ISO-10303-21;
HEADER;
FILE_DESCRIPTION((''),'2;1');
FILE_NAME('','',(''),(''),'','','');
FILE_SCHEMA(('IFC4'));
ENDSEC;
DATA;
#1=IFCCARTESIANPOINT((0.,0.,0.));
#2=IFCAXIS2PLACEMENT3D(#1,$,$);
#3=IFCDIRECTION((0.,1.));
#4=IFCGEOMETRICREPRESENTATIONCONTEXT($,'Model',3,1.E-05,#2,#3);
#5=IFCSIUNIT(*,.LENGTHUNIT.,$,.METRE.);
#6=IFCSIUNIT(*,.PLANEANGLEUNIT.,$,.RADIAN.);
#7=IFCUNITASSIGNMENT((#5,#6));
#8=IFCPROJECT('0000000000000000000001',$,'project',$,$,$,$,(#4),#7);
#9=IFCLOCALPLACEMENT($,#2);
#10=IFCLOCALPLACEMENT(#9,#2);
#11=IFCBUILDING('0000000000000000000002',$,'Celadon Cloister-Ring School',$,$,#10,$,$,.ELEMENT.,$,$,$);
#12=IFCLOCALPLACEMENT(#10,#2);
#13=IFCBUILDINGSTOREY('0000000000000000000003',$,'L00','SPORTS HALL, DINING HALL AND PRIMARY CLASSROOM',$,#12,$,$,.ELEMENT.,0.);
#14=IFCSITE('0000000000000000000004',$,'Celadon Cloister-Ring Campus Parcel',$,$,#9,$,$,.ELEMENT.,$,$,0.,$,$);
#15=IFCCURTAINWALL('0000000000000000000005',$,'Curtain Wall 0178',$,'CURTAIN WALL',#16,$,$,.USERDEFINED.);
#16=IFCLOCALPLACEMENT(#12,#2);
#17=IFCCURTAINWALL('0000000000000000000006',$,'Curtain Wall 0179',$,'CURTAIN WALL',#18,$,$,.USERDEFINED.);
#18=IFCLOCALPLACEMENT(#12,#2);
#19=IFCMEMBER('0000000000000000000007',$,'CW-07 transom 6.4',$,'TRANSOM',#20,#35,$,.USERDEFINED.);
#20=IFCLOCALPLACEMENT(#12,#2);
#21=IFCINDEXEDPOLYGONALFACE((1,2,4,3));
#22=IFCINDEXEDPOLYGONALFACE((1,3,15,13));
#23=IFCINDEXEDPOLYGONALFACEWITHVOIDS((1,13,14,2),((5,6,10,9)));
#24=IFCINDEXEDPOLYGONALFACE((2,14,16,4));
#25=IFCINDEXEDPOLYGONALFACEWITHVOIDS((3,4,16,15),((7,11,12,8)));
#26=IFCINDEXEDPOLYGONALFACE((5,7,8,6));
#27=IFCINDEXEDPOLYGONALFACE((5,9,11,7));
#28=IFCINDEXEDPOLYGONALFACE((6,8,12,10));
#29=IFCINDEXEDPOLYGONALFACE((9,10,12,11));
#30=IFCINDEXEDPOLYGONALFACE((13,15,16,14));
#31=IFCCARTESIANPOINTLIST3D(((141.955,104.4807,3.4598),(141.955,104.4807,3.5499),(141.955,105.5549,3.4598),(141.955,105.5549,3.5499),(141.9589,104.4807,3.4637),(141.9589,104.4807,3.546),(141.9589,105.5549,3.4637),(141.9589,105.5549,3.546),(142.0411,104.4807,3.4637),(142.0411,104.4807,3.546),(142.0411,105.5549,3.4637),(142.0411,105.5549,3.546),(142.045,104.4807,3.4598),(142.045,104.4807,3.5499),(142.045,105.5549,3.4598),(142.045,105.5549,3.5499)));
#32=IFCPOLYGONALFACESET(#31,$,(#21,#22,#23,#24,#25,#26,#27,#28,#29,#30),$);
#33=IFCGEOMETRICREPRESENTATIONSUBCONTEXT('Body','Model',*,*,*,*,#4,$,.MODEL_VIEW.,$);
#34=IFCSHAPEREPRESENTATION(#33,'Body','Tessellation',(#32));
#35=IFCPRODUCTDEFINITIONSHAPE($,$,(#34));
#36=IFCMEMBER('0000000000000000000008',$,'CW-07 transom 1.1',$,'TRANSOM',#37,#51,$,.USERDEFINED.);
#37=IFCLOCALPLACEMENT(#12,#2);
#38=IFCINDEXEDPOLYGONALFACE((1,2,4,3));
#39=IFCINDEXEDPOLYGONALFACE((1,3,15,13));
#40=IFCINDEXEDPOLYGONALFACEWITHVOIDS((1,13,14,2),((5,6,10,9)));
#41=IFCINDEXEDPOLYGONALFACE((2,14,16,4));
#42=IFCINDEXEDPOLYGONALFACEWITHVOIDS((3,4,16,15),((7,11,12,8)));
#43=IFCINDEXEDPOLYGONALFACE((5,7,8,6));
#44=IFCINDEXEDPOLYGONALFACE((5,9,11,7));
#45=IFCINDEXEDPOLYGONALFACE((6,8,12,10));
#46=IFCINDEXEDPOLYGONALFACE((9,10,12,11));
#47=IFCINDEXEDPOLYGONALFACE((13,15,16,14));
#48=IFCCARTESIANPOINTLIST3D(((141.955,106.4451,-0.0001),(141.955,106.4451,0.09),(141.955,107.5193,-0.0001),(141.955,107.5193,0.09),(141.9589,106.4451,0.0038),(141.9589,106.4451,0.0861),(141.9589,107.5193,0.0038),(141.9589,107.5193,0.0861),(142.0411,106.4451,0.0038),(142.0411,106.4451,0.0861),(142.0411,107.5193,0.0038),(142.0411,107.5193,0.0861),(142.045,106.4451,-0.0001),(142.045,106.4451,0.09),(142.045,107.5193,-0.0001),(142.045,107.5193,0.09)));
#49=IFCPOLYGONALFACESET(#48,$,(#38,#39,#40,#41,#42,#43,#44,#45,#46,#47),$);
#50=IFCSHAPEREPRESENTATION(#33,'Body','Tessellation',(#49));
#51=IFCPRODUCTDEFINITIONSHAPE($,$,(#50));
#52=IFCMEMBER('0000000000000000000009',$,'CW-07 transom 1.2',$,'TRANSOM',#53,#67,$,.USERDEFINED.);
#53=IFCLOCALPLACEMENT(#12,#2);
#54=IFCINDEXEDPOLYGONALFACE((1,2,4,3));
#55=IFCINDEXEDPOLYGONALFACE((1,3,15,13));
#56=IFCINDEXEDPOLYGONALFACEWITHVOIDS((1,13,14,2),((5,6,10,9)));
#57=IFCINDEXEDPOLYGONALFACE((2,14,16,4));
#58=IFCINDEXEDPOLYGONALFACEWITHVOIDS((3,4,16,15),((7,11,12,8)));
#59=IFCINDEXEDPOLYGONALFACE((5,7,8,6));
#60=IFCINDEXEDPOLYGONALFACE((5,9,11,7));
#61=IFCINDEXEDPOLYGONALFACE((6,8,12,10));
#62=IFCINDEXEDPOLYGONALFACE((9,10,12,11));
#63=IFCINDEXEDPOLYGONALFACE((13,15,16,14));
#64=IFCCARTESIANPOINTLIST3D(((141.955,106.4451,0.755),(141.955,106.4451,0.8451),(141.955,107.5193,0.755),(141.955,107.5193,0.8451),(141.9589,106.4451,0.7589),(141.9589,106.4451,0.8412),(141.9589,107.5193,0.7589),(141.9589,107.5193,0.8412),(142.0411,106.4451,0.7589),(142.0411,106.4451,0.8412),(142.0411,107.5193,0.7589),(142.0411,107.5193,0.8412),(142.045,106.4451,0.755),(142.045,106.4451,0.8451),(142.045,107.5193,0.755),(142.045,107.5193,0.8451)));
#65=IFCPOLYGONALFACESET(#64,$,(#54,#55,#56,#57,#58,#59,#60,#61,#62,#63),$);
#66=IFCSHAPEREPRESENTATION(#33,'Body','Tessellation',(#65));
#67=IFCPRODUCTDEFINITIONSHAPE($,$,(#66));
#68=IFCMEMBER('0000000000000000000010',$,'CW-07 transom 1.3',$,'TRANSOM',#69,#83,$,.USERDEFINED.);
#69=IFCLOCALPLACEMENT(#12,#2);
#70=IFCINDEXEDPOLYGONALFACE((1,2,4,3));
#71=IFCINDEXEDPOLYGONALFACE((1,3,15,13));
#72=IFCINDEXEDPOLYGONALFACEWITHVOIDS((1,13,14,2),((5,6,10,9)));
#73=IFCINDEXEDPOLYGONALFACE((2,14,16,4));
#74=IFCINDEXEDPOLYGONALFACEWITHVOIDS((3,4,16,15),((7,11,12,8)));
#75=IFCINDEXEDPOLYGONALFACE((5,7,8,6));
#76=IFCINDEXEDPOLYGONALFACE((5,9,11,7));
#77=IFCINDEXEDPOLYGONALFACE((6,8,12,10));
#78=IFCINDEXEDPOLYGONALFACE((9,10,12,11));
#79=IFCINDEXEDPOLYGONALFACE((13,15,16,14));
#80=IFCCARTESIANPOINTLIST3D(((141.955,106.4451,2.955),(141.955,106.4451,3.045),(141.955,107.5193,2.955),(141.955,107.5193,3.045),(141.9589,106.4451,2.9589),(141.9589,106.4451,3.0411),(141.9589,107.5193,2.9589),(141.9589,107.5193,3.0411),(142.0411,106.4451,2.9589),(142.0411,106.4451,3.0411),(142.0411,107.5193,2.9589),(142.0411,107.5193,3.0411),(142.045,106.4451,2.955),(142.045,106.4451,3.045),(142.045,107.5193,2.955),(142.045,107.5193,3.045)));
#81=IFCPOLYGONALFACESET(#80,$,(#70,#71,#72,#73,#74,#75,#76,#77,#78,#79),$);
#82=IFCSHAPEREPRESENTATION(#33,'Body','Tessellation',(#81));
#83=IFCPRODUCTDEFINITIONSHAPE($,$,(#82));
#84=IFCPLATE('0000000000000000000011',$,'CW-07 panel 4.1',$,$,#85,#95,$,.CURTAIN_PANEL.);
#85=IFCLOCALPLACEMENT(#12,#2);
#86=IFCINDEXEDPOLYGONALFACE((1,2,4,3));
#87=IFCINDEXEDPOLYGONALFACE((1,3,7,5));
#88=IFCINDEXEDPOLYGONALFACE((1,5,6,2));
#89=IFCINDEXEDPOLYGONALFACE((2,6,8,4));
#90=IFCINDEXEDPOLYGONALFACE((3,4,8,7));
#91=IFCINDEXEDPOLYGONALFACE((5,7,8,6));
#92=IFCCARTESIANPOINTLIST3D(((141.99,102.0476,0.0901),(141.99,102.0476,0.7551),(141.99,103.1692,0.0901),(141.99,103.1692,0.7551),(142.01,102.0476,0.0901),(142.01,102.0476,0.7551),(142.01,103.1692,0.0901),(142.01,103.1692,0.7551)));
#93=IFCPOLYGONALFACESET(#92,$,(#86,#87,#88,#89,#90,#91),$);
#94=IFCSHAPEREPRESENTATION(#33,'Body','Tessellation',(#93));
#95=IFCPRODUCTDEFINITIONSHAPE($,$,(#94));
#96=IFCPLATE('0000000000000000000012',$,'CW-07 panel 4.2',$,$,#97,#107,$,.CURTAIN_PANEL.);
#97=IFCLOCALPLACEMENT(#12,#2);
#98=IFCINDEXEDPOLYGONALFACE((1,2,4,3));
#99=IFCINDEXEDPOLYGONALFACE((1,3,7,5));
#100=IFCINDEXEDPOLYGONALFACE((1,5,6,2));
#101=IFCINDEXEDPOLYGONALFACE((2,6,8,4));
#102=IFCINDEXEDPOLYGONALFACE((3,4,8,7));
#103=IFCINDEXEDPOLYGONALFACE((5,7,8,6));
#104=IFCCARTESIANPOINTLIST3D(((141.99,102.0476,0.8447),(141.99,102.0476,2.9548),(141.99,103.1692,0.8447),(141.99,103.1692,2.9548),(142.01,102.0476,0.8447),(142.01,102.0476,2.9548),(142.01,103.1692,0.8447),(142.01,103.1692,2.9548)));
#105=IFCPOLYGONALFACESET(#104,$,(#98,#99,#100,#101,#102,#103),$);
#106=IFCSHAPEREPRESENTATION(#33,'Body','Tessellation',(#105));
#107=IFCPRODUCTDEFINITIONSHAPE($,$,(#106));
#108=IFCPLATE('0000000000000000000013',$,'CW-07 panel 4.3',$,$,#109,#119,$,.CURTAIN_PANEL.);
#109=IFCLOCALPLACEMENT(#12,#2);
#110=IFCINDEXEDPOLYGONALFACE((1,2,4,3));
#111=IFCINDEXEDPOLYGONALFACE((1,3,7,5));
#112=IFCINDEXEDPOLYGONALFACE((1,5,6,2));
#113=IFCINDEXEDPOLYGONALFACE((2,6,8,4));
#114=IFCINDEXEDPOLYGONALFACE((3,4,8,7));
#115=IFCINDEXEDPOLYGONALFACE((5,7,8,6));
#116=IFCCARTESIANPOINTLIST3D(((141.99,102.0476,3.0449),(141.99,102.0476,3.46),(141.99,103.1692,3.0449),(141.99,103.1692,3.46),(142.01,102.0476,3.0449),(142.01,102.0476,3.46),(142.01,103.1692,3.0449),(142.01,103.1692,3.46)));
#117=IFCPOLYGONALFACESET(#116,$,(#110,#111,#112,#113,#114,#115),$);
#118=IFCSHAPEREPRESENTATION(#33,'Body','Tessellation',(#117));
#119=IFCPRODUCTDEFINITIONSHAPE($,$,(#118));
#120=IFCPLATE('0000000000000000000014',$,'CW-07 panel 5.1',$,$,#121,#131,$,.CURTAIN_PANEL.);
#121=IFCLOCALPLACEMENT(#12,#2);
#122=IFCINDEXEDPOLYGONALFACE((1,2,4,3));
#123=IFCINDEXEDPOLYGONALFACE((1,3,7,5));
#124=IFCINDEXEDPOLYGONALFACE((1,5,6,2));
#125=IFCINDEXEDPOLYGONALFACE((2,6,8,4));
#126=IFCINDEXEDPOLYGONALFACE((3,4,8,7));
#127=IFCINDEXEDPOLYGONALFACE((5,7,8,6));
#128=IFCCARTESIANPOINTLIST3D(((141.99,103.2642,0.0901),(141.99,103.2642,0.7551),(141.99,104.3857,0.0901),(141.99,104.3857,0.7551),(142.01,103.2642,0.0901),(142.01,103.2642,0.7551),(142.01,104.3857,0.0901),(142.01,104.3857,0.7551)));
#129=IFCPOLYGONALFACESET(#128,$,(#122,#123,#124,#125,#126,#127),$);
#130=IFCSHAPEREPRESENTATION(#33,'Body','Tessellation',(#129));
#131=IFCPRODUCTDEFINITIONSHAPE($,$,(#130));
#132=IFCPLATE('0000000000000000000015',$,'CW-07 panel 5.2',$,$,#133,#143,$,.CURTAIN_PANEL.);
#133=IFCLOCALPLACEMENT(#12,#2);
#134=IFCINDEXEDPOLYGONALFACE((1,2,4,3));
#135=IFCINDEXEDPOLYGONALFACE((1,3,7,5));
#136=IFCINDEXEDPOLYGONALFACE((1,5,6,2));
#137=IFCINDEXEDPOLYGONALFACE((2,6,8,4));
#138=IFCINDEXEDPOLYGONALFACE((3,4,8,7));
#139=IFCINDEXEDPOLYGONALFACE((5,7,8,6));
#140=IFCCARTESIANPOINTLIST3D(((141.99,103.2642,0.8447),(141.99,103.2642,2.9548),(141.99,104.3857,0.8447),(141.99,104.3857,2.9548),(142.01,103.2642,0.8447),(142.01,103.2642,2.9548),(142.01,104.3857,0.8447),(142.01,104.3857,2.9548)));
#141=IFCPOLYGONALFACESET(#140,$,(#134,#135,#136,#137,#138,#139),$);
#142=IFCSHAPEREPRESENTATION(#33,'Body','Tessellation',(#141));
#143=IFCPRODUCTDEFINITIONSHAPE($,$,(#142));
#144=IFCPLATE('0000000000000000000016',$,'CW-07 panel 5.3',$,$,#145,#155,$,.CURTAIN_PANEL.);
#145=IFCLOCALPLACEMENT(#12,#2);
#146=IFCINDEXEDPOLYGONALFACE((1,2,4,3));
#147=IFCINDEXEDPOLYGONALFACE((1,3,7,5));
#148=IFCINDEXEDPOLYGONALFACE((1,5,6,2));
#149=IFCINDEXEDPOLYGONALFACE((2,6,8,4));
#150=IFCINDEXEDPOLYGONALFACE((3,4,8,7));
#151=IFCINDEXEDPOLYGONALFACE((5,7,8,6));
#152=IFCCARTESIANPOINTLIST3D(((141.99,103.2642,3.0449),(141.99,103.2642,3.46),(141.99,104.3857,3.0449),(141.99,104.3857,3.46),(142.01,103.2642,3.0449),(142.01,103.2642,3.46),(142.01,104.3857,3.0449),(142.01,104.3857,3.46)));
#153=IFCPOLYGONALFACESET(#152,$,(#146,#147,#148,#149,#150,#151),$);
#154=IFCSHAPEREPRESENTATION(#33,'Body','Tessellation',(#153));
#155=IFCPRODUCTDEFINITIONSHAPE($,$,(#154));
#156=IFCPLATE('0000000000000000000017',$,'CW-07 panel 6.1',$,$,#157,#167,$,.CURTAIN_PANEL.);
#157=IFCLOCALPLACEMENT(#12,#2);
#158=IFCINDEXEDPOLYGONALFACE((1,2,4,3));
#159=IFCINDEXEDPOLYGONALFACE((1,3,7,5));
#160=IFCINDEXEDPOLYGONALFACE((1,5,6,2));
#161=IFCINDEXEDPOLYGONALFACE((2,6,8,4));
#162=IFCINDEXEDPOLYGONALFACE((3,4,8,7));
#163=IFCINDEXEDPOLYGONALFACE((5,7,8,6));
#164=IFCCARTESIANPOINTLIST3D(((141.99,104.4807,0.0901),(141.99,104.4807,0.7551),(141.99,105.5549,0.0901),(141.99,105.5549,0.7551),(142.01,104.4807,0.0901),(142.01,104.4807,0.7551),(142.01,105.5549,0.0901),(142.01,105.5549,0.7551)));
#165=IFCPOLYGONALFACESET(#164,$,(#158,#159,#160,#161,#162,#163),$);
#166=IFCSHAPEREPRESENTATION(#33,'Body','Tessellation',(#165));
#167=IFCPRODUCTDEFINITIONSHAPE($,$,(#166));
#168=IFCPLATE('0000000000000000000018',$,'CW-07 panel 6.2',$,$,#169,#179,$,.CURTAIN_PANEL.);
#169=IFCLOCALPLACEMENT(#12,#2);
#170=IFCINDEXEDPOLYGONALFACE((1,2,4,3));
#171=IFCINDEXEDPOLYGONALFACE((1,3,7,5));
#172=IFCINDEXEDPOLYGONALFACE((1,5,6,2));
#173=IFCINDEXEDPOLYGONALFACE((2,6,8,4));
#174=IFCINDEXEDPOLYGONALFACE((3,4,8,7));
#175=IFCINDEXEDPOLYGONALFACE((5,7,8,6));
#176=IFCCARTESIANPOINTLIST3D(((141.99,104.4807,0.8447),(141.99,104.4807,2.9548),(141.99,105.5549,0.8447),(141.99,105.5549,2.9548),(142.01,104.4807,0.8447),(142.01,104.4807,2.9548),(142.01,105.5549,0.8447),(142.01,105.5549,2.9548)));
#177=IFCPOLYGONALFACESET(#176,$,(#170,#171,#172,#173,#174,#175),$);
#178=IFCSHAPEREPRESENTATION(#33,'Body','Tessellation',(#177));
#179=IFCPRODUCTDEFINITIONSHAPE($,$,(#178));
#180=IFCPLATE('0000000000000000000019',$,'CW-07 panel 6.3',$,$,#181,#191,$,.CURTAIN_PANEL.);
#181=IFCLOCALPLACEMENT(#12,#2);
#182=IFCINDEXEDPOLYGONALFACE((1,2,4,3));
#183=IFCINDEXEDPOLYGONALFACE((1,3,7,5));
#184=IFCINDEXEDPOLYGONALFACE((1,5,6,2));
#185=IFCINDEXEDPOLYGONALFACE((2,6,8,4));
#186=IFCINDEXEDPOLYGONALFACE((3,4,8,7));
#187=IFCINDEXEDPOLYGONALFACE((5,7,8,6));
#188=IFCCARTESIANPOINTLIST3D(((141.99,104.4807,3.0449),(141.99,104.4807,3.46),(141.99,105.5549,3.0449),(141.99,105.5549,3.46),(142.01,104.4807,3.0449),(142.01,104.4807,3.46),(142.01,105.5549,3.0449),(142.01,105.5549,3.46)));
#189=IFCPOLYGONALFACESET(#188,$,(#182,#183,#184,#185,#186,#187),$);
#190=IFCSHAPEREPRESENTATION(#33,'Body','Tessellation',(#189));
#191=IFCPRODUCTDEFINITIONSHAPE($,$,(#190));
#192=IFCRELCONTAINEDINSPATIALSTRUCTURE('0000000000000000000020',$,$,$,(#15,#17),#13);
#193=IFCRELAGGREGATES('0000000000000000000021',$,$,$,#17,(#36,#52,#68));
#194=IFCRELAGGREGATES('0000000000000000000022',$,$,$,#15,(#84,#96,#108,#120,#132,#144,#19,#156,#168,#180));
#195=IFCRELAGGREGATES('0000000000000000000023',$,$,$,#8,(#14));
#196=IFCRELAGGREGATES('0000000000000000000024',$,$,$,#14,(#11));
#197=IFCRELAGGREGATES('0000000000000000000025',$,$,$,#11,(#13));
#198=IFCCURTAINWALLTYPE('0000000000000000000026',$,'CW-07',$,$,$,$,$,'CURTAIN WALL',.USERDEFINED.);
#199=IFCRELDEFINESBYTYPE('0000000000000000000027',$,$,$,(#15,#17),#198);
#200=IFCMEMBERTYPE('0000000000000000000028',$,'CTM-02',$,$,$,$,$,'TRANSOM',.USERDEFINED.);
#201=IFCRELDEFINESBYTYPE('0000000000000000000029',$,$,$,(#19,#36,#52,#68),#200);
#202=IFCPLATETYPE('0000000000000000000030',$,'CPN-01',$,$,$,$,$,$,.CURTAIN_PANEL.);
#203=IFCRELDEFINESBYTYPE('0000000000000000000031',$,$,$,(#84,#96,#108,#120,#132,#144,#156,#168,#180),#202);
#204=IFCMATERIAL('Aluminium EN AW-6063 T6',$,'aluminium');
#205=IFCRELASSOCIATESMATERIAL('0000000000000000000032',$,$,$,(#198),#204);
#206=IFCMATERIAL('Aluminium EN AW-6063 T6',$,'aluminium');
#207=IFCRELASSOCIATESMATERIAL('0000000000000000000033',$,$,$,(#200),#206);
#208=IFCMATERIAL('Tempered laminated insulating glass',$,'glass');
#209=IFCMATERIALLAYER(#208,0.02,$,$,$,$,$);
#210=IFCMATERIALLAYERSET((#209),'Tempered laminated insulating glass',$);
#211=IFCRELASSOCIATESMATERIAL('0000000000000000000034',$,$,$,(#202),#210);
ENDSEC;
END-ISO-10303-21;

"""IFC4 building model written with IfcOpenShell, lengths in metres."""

from ifc_helpers import new_model, si_unit, direction, frame, origin, origin_2d, place, context, subcontext, project, spatial, rectangle, hollow_rectangle, extrude, material, layer, layer_set, material_profile, profile_set, type_object, element, aggregate, save


model = new_model("IFC4")

# Units and contexts
model_context = context("Model", 3, precision=1e-05, world=origin(), true_north=direction((0.0, 1.0)))
body_context = subcontext(model_context, "Body", "Model", "MODEL_VIEW")
ifc_project = project(units=[si_unit("LENGTHUNIT", "METRE"), si_unit("PLANEANGLEUNIT", "RADIAN")], contexts=[model_context])

# Site, building, storey
site_placement = place(None, origin())
site = spatial("IfcSite", under=ifc_project, at=site_placement, Name="Celadon Cloister-Ring Campus Parcel", CompositionType="ELEMENT", RefElevation=0.0)
building_placement = place(site_placement, origin())
building = spatial("IfcBuilding", under=site, at=building_placement, Name="Celadon Cloister-Ring School", CompositionType="ELEMENT")
storey_placement = place(building_placement, origin())
storey = spatial("IfcBuildingStorey", under=building, at=storey_placement, Name="L00", Description="SPORTS HALL, DINING HALL AND PRIMARY CLASSROOM", CompositionType="ELEMENT", Elevation=0.0)

# Curtain wall
ifc_material_1 = material(Name="Aluminium EN AW-6063 T6", Category="aluminium")
curtain_wall_type = type_object("IfcCurtainWallType", Name="CW-07", ElementType="CURTAIN WALL", PredefinedType="USERDEFINED", material=ifc_material_1)
curtain_wall_1_placement = place(storey_placement, origin())
curtain_wall_1 = element("IfcCurtainWall", 1, at=curtain_wall_1_placement, inside=storey, type_object=curtain_wall_type, Name="Curtain Wall 0178", ObjectType="CURTAIN WALL", PredefinedType="USERDEFINED")

# Curtain wall
curtain_wall_2_placement = place(storey_placement, origin())
curtain_wall_2 = element("IfcCurtainWall", 2, at=curtain_wall_2_placement, inside=storey, type_object=curtain_wall_type, Name="Curtain Wall 0179", ObjectType="CURTAIN WALL", PredefinedType="USERDEFINED")

# Members
ifc_material_2 = material(Name="Aluminium EN AW-6063 T6", Category="aluminium")
ifc_material_profile_1 = material_profile(ifc_material_2, hollow_rectangle(XDim=0.0901, YDim=0.0901, WallThickness=0.0039, at=origin_2d()), Name="RHS90X90X4")
ifc_profile_set_1 = profile_set([ifc_material_profile_1], Name="Aluminium EN AW-6063 T6")
member_type_1 = type_object("IfcMemberType", Name="CTM-02", ElementType="TRANSOM", PredefinedType="USERDEFINED", material=ifc_profile_set_1)
member_1_placement = place(storey_placement, frame((142.0, 104.4807, 3.5049), z_axis=(0.0, 1.0, 0.0), x_axis=(-1.0, 0.0, 0.0)))
member_1 = element("IfcMember", 3, at=member_1_placement, type_object=member_type_1, Name="CW-07 transom 6.4", ObjectType="TRANSOM", PredefinedType="USERDEFINED", context=body_context, shape_type="SweptSolid", body=[
    extrude(hollow_rectangle(XDim=0.0901, YDim=0.0901, WallThickness=0.0039, at=origin_2d()), origin(), (0.0, 0.0, 1.0), 1.0742),
])
member_2_placement = place(storey_placement, frame((142.0, 106.4451, 0.0449), z_axis=(0.0, 1.0, 0.0), x_axis=(-1.0, 0.0, 0.0)))
member_2 = element("IfcMember", 4, at=member_2_placement, type_object=member_type_1, Name="CW-07 transom 1.1", ObjectType="TRANSOM", PredefinedType="USERDEFINED", context=body_context, shape_type="SweptSolid", body=[
    extrude(hollow_rectangle(XDim=0.0901, YDim=0.0901, WallThickness=0.0039, at=origin_2d()), origin(), (0.0, 0.0, 1.0), 1.0742),
])
member_3_placement = place(storey_placement, frame((142.0, 106.4451, 0.8), z_axis=(0.0, 1.0, 0.0), x_axis=(-1.0, 0.0, 0.0)))
member_3 = element("IfcMember", 5, at=member_3_placement, type_object=member_type_1, Name="CW-07 transom 1.2", ObjectType="TRANSOM", PredefinedType="USERDEFINED", context=body_context, shape_type="SweptSolid", body=[
    extrude(hollow_rectangle(XDim=0.0901, YDim=0.0901, WallThickness=0.0039, at=origin_2d()), origin(), (0.0, 0.0, 1.0), 1.0742),
])
member_4_placement = place(storey_placement, frame((142.0, 106.4451, 3.0), z_axis=(0.0, 1.0, 0.0), x_axis=(-1.0, 0.0, 0.0)))
member_4 = element("IfcMember", 6, at=member_4_placement, type_object=member_type_1, Name="CW-07 transom 1.3", ObjectType="TRANSOM", PredefinedType="USERDEFINED", context=body_context, shape_type="SweptSolid", body=[
    extrude(hollow_rectangle(XDim=0.0901, YDim=0.0901, WallThickness=0.0039, at=origin_2d()), origin(), (0.0, 0.0, 1.0), 1.0742),
])
aggregate(curtain_wall_2, [member_2, member_3, member_4])

# Plates
ifc_material_3 = material(Name="Tempered laminated insulating glass", Category="glass")
ifc_layer = layer(ifc_material_3, 0.02)
ifc_layer_set = layer_set([ifc_layer], Name="Tempered laminated insulating glass")
plate_type = type_object("IfcPlateType", Name="CPN-01", PredefinedType="CURTAIN_PANEL", material=ifc_layer_set)
plate_1_placement = place(storey_placement, frame((142.0, 102.6084, 0.0901), z_axis=(0.0, 0.0, 1.0), x_axis=(0.0, 1.0, 0.0)))
plate_1 = element("IfcPlate", 7, at=plate_1_placement, type_object=plate_type, Name="CW-07 panel 4.1", PredefinedType="CURTAIN_PANEL", context=body_context, shape_type="SweptSolid", body=[
    extrude(rectangle(XDim=1.1216, YDim=0.02, at=origin_2d()), origin(), (0.0, 0.0, 1.0), 0.665),
])
plate_2_placement = place(storey_placement, frame((142.0, 102.6084, 0.8447), z_axis=(0.0, 0.0, 1.0), x_axis=(0.0, 1.0, 0.0)))
plate_2 = element("IfcPlate", 8, at=plate_2_placement, type_object=plate_type, Name="CW-07 panel 4.2", PredefinedType="CURTAIN_PANEL", context=body_context, shape_type="SweptSolid", body=[
    extrude(rectangle(XDim=1.1216, YDim=0.02, at=origin_2d()), origin(), (0.0, 0.0, 1.0), 2.1101),
])
plate_3_placement = place(storey_placement, frame((142.0, 102.6084, 3.0449), z_axis=(0.0, 0.0, 1.0), x_axis=(0.0, 1.0, 0.0)))
plate_3 = element("IfcPlate", 9, at=plate_3_placement, type_object=plate_type, Name="CW-07 panel 4.3", PredefinedType="CURTAIN_PANEL", context=body_context, shape_type="SweptSolid", body=[
    extrude(rectangle(XDim=1.1216, YDim=0.02, at=origin_2d()), origin(), (0.0, 0.0, 1.0), 0.415),
])
plate_4_placement = place(storey_placement, frame((142.0, 103.825, 0.0901), z_axis=(0.0, 0.0, 1.0), x_axis=(0.0, 1.0, 0.0)))
plate_4 = element("IfcPlate", 10, at=plate_4_placement, type_object=plate_type, Name="CW-07 panel 5.1", PredefinedType="CURTAIN_PANEL", context=body_context, shape_type="SweptSolid", body=[
    extrude(rectangle(XDim=1.1216, YDim=0.02, at=origin_2d()), origin(), (0.0, 0.0, 1.0), 0.665),
])
plate_5_placement = place(storey_placement, frame((142.0, 103.825, 0.8447), z_axis=(0.0, 0.0, 1.0), x_axis=(0.0, 1.0, 0.0)))
plate_5 = element("IfcPlate", 11, at=plate_5_placement, type_object=plate_type, Name="CW-07 panel 5.2", PredefinedType="CURTAIN_PANEL", context=body_context, shape_type="SweptSolid", body=[
    extrude(rectangle(XDim=1.1216, YDim=0.02, at=origin_2d()), origin(), (0.0, 0.0, 1.0), 2.1101),
])
plate_6_placement = place(storey_placement, frame((142.0, 103.825, 3.0449), z_axis=(0.0, 0.0, 1.0), x_axis=(0.0, 1.0, 0.0)))
plate_6 = element("IfcPlate", 12, at=plate_6_placement, type_object=plate_type, Name="CW-07 panel 5.3", PredefinedType="CURTAIN_PANEL", context=body_context, shape_type="SweptSolid", body=[
    extrude(rectangle(XDim=1.1216, YDim=0.02, at=origin_2d()), origin(), (0.0, 0.0, 1.0), 0.415),
])
plate_7_placement = place(storey_placement, frame((142.0, 105.0178, 0.0901), z_axis=(0.0, 0.0, 1.0), x_axis=(0.0, 1.0, 0.0)))
plate_7 = element("IfcPlate", 13, at=plate_7_placement, type_object=plate_type, Name="CW-07 panel 6.1", PredefinedType="CURTAIN_PANEL", context=body_context, shape_type="SweptSolid", body=[
    extrude(rectangle(XDim=1.0742, YDim=0.02, at=origin_2d()), origin(), (0.0, 0.0, 1.0), 0.665),
])
plate_8_placement = place(storey_placement, frame((142.0, 105.0178, 0.8447), z_axis=(0.0, 0.0, 1.0), x_axis=(0.0, 1.0, 0.0)))
plate_8 = element("IfcPlate", 14, at=plate_8_placement, type_object=plate_type, Name="CW-07 panel 6.2", PredefinedType="CURTAIN_PANEL", context=body_context, shape_type="SweptSolid", body=[
    extrude(rectangle(XDim=1.0742, YDim=0.02, at=origin_2d()), origin(), (0.0, 0.0, 1.0), 2.1101),
])
plate_9_placement = place(storey_placement, frame((142.0, 105.0178, 3.0449), z_axis=(0.0, 0.0, 1.0), x_axis=(0.0, 1.0, 0.0)))
plate_9 = element("IfcPlate", 15, at=plate_9_placement, type_object=plate_type, Name="CW-07 panel 6.3", PredefinedType="CURTAIN_PANEL", context=body_context, shape_type="SweptSolid", body=[
    extrude(rectangle(XDim=1.0742, YDim=0.02, at=origin_2d()), origin(), (0.0, 0.0, 1.0), 0.415),
])
aggregate(curtain_wall_1, [plate_1, plate_2, plate_3, plate_4, plate_5, plate_6, member_1, plate_7, plate_8, plate_9])

save(model, "model.ifc")
